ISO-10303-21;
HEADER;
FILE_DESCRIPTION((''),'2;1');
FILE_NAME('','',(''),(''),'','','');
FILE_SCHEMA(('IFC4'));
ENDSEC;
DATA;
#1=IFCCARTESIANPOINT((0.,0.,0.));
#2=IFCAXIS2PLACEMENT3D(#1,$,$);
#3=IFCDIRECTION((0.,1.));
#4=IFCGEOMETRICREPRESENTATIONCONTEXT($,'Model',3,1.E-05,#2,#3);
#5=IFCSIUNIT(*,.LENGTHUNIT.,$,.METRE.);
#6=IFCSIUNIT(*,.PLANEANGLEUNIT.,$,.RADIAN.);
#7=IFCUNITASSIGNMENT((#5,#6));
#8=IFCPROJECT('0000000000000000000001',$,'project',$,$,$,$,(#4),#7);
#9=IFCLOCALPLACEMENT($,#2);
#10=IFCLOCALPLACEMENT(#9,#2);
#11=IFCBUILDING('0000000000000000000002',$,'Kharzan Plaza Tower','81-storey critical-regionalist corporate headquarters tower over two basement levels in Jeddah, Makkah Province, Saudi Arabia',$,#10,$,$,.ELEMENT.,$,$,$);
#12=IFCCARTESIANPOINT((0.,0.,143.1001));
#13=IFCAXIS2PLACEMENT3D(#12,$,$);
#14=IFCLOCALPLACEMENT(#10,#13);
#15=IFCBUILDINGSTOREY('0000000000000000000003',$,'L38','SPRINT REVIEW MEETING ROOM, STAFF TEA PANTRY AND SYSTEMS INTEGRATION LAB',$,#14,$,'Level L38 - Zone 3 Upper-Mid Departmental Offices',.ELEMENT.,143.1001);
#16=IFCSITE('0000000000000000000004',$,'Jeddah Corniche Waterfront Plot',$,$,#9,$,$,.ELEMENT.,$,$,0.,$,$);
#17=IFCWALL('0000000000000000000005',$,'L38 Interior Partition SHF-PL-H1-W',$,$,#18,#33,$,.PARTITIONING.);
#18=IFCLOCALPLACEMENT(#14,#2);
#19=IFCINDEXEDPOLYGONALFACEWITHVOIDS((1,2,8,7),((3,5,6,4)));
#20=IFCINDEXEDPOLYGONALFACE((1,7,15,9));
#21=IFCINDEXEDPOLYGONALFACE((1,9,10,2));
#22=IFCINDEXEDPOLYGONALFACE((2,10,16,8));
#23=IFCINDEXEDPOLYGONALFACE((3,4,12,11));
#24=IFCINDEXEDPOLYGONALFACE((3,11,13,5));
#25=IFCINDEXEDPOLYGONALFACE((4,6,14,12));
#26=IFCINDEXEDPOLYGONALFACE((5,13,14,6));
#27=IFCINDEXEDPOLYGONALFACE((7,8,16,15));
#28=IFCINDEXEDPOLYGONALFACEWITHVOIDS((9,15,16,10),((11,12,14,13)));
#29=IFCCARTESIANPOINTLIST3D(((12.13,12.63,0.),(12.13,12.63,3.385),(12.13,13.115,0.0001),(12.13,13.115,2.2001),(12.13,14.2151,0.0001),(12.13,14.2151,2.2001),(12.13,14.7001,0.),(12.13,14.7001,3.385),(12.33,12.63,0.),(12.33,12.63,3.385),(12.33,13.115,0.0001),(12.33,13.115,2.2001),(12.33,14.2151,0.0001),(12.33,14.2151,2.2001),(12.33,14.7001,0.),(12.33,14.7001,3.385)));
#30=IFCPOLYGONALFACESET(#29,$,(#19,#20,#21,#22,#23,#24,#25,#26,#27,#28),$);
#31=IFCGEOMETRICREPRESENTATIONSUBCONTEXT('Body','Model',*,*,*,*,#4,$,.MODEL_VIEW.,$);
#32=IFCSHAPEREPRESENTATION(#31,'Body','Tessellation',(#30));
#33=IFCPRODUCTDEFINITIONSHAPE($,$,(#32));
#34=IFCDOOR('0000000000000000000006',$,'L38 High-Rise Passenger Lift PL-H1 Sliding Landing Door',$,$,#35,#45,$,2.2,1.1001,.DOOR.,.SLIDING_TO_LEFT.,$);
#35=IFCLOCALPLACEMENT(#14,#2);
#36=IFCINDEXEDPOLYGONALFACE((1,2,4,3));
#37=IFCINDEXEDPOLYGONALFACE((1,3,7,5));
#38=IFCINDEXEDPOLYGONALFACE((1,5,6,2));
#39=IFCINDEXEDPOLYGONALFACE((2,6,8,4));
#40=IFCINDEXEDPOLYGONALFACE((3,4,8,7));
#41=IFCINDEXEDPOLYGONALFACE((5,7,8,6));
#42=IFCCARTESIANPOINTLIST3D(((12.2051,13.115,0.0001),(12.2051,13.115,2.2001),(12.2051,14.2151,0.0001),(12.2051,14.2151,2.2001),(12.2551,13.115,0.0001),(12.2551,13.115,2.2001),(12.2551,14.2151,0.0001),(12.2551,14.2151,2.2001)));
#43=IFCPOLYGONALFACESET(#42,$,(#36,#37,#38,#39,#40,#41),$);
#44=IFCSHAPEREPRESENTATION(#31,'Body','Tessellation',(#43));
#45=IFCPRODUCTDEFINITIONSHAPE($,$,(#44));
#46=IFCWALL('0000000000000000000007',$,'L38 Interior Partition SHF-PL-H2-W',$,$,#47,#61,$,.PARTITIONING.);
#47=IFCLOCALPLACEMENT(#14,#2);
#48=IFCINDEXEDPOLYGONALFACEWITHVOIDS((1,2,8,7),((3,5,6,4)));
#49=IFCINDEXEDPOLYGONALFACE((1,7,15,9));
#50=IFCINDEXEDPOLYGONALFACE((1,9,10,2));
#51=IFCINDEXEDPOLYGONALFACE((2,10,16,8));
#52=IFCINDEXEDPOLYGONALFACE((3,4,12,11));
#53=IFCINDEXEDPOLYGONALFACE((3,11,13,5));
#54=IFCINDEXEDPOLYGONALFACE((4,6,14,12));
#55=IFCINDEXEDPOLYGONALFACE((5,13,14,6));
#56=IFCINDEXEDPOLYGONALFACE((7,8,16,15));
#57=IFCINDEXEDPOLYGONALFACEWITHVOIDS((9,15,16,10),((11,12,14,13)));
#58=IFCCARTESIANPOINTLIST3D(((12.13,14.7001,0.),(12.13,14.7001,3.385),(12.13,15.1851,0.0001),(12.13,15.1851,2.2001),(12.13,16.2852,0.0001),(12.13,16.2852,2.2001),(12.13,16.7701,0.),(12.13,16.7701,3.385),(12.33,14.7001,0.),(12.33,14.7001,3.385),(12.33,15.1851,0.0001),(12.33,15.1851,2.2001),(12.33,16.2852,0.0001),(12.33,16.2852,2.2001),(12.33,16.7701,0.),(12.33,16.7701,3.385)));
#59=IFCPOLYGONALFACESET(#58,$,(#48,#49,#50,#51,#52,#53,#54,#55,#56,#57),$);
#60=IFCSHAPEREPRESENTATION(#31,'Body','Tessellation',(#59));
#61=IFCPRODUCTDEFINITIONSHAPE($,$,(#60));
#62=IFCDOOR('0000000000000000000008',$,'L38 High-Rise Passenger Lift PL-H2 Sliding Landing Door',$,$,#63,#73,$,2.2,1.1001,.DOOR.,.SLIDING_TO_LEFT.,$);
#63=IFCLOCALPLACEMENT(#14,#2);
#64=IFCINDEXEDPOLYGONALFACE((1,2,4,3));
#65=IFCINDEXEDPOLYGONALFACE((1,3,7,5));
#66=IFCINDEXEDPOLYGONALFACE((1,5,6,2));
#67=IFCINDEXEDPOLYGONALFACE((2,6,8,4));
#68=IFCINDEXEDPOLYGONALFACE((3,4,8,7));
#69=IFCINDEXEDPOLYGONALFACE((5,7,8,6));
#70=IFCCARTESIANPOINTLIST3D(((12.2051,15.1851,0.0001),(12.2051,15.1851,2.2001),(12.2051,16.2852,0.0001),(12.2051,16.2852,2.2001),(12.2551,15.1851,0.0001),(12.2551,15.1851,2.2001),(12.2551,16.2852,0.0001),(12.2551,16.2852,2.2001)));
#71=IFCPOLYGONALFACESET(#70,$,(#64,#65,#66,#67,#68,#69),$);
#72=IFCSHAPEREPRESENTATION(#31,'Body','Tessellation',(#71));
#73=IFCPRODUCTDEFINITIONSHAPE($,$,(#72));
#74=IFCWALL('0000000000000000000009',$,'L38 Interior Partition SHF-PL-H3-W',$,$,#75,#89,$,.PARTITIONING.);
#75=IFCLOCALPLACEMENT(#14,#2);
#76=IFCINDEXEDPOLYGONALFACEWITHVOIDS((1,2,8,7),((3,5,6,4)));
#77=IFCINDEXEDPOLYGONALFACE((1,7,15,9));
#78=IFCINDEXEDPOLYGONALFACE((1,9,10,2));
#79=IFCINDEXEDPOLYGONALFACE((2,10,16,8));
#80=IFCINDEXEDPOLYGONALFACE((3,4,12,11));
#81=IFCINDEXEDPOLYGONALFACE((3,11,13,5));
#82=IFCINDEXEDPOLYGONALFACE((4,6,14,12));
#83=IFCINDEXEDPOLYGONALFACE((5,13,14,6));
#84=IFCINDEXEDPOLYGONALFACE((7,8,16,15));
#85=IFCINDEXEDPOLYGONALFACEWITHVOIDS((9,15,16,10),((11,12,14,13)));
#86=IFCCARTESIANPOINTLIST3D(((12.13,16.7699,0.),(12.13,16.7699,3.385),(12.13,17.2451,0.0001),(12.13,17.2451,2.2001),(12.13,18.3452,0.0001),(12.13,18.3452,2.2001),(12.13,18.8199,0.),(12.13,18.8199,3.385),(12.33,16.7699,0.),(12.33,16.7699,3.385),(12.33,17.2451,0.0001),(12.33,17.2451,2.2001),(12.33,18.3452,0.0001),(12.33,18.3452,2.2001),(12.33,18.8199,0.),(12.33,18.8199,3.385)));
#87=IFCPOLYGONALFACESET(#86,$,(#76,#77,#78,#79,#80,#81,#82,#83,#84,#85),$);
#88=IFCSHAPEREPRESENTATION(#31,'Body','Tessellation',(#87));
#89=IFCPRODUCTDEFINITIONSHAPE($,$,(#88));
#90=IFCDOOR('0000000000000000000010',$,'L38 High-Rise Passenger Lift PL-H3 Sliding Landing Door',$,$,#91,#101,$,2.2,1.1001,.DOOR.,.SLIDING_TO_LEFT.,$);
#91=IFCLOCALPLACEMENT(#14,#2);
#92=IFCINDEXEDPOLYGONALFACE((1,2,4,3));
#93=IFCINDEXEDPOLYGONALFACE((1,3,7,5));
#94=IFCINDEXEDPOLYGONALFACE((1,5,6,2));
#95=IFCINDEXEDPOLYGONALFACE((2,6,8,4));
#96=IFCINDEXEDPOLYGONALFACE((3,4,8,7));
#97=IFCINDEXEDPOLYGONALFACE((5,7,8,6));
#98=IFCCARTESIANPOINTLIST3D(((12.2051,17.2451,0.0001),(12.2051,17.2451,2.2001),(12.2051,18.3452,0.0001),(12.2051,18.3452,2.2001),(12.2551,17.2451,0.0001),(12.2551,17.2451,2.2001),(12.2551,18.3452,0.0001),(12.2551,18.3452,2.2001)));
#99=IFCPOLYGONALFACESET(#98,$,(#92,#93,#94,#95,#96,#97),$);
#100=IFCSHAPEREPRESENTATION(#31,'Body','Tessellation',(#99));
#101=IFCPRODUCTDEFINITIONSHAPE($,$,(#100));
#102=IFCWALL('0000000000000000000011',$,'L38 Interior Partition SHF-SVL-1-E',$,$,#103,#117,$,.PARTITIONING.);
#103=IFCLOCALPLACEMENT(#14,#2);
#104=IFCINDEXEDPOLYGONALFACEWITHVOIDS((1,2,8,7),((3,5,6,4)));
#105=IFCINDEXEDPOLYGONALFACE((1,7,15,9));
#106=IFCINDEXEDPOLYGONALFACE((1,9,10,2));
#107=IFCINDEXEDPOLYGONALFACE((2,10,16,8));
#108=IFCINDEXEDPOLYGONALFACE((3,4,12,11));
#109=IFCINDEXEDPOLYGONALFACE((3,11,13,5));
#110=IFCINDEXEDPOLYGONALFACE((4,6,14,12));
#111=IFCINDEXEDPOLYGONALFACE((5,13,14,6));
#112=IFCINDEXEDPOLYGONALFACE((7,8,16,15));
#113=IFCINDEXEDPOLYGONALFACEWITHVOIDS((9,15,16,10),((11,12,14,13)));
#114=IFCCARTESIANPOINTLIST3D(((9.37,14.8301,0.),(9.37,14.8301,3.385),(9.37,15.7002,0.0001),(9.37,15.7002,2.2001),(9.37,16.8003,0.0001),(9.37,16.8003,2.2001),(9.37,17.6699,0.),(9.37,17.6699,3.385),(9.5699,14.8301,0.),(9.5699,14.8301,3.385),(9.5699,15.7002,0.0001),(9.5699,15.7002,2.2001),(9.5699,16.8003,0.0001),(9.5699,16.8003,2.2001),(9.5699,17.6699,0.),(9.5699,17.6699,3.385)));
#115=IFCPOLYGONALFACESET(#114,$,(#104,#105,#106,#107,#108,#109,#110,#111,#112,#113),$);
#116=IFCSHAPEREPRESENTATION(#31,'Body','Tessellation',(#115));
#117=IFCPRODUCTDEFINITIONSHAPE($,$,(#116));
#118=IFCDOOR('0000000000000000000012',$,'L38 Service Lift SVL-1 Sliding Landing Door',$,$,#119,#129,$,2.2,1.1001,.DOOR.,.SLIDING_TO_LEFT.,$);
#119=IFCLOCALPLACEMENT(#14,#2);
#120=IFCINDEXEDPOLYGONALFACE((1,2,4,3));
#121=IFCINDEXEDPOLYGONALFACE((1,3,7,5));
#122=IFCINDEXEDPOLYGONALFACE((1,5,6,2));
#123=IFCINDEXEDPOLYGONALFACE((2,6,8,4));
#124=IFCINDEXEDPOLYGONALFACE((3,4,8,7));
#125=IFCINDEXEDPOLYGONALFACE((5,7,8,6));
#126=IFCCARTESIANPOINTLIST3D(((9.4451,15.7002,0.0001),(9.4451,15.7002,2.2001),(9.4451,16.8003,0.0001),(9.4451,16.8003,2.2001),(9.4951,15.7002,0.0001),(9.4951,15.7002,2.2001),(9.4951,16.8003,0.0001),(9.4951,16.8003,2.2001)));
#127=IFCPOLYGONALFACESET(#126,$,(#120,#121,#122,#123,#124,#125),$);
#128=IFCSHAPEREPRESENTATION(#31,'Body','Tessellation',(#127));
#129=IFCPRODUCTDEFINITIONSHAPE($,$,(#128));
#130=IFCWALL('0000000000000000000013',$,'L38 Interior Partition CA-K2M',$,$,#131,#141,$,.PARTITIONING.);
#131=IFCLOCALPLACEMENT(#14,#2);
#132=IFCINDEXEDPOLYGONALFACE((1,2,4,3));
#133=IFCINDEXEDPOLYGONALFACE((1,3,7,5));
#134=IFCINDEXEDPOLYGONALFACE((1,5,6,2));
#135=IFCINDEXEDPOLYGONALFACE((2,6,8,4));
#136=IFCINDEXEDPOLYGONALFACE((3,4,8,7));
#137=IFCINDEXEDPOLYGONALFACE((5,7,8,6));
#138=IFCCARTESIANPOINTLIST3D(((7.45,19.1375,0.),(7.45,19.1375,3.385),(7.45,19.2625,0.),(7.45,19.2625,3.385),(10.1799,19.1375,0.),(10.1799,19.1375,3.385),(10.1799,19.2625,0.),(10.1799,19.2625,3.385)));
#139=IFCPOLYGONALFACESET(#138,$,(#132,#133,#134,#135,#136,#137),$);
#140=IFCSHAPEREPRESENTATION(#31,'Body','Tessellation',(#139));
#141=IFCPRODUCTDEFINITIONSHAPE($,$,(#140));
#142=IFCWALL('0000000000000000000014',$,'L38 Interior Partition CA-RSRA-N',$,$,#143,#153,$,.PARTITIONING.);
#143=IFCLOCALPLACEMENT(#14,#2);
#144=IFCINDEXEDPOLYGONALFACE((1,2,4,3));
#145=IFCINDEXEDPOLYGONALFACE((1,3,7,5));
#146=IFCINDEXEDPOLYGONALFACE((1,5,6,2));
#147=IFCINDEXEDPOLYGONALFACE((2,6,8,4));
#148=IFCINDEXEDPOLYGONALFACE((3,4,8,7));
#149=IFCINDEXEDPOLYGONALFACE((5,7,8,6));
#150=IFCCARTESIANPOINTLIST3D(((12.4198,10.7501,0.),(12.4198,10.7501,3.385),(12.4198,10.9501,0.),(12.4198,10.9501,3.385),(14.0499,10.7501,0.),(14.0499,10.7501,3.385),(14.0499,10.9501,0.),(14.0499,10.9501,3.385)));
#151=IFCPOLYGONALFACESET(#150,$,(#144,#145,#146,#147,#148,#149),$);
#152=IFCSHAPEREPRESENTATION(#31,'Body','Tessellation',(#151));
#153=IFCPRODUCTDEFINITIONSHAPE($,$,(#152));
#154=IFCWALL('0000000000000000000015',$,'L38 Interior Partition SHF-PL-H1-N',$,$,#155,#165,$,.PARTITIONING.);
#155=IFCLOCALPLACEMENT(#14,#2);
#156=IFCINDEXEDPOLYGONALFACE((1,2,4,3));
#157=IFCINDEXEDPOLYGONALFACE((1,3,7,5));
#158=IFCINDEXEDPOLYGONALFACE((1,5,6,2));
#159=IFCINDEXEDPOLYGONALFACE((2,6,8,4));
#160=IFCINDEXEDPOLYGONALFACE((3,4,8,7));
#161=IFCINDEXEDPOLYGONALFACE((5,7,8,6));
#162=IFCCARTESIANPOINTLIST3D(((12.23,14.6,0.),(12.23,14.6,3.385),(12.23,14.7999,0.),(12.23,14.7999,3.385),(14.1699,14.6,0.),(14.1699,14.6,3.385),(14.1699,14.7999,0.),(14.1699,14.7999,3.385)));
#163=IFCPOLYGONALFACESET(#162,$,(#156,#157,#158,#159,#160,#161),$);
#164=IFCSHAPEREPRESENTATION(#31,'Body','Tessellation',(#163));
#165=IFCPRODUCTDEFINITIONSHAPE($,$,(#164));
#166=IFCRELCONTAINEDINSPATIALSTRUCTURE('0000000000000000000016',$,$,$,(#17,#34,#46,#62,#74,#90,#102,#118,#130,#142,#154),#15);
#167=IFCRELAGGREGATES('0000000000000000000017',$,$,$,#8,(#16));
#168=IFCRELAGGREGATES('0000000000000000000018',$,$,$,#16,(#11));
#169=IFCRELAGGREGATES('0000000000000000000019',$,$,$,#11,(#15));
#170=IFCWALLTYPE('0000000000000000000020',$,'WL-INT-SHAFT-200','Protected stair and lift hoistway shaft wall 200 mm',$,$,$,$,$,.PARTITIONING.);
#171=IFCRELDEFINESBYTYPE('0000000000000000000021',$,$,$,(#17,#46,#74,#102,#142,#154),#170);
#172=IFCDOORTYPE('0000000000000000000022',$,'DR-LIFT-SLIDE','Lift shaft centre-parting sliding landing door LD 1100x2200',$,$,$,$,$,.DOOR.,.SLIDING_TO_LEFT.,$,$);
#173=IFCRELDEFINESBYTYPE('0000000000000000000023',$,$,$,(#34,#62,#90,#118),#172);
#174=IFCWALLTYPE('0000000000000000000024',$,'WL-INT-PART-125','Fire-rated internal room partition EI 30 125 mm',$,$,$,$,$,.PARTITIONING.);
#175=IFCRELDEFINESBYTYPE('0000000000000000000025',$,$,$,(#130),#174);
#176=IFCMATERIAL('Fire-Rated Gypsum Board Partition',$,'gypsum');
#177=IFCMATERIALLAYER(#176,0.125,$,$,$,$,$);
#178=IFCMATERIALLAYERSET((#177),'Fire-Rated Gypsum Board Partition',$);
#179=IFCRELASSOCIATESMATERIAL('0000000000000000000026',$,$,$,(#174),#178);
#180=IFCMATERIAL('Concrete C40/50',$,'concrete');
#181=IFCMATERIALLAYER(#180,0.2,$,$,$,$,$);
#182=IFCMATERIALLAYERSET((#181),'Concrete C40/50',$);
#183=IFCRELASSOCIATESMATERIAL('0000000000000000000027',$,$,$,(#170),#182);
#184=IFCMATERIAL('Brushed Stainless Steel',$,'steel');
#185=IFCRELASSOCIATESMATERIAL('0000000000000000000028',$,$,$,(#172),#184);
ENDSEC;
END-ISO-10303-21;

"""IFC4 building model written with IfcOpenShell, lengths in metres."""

from ifc_helpers import new_model, si_unit, direction, frame, frame_2d, origin, place, context, subcontext, project, spatial, rectangle, extrude, source, transform, mapped, material, layer, layer_set, type_object, element, fill, save


model = new_model("IFC4")

# Units and contexts
model_context = context("Model", 3, precision=1e-05, world=origin(), true_north=direction((0.0, 1.0)))
body_context = subcontext(model_context, "Body", "Model", "MODEL_VIEW")
ifc_project = project(units=[si_unit("LENGTHUNIT", "METRE"), si_unit("PLANEANGLEUNIT", "RADIAN")], contexts=[model_context])

# Site, building, storey
site_placement = place(None, origin())
site = spatial("IfcSite", under=ifc_project, at=site_placement, Name="Jeddah Corniche Waterfront Plot", CompositionType="ELEMENT", RefElevation=0.0)
building_placement = place(site_placement, origin())
building = spatial("IfcBuilding", under=site, at=building_placement, Name="Kharzan Plaza Tower", Description="81-storey critical-regionalist corporate headquarters tower over two basement levels in Jeddah, Makkah Province, Saudi Arabia", CompositionType="ELEMENT")
storey_placement = place(building_placement, frame((0.0, 0.0, 143.1001)))
storey = spatial("IfcBuildingStorey", under=building, at=storey_placement, Name="L38", Description="SPRINT REVIEW MEETING ROOM, STAFF TEA PANTRY AND SYSTEMS INTEGRATION LAB", LongName="Level L38 - Zone 3 Upper-Mid Departmental Offices", CompositionType="ELEMENT", Elevation=143.1001)

# Walls, openings, doors
ifc_material_1 = material(Name="Fire-Rated Gypsum Board Partition", Category="gypsum")
ifc_layer_1 = layer(ifc_material_1, 0.125)
ifc_layer_set_1 = layer_set([ifc_layer_1], Name="Fire-Rated Gypsum Board Partition")
wall_type_1 = type_object("IfcWallType", Name="WL-INT-PART-125", Description="Fire-rated internal room partition EI 30 125 mm", PredefinedType="PARTITIONING", material=ifc_layer_set_1)
ifc_material_2 = material(Name="Concrete C40/50", Category="concrete")
ifc_layer_2 = layer(ifc_material_2, 0.2)
ifc_layer_set_2 = layer_set([ifc_layer_2], Name="Concrete C40/50")
wall_type_2 = type_object("IfcWallType", Name="WL-INT-SHAFT-200", Description="Protected stair and lift hoistway shaft wall 200 mm", PredefinedType="PARTITIONING", material=ifc_layer_set_2)
wall_1_placement = place(storey_placement, frame((12.23, 12.6299, 0.0), z_axis=(0.0, 0.0, 1.0), x_axis=(0.0, 1.0, 0.0)))
wall_1 = element("IfcWall", 1, at=wall_1_placement, inside=storey, type_object=wall_type_2, Name="L38 Interior Partition SHF-PL-H1-W", PredefinedType="PARTITIONING", context=body_context, shape_type="SweptSolid", body=[
    extrude(rectangle(XDim=2.0701, YDim=0.2, at=frame_2d((1.0352, 0.0))), origin(), (0.0, 0.0, 1.0), 3.385),
])
opening_1_placement = place(wall_1_placement, frame((0.4851, 0.0, 0.0)))
opening_1 = element("IfcOpeningElement", 2, at=opening_1_placement, cuts=wall_1, PredefinedType="OPENING", context=body_context, shape_type="SweptSolid", body=[
    extrude(rectangle(XDim=1.1001, YDim=2.2, at=frame_2d((0.55, 1.1001))), frame((0.0, 0.1099, 0.0), z_axis=(0.0, -1.0, 0.0), x_axis=(1.0, 0.0, 0.0)), (0.0, 0.0, 1.0), 0.22),
])
ifc_material_3 = material(Name="Brushed Stainless Steel", Category="steel")
door_type_1 = type_object("IfcDoorType", Name="DR-LIFT-SLIDE", Description="Lift shaft centre-parting sliding landing door LD 1100x2200", OperationType="SLIDING_TO_LEFT", PredefinedType="DOOR", material=ifc_material_3)
shared_shape_1 = source(origin(), body_context, "Body", "SweptSolid", [
    extrude(rectangle(XDim=1.1001, YDim=2.2, at=frame_2d((0.55, 1.1001))), frame((0.0, 0.0249, 0.0), z_axis=(0.0, -1.0, 0.0), x_axis=(1.0, 0.0, 0.0)), (0.0, 0.0, 1.0), 0.05),
])
door_1_placement = place(opening_1_placement, origin())
door_1 = element("IfcDoor", 3, at=door_1_placement, inside=storey, type_object=door_type_1, Name="L38 High-Rise Passenger Lift PL-H1 Sliding Landing Door", OperationType="SLIDING_TO_LEFT", OverallHeight=2.2, OverallWidth=1.1001, PredefinedType="DOOR", context=body_context, shape_type="MappedRepresentation", body=[
    mapped(shared_shape_1, transform((0.0, 0.0, 0.0), x_axis=(1.0, 0.0, 0.0), y_axis=(0.0, 1.0, 0.0), z_axis=(0.0, 0.0, 1.0))),
])
fill(opening_1, door_1)
wall_2_placement = place(storey_placement, frame((12.23, 14.7, 0.0), z_axis=(0.0, 0.0, 1.0), x_axis=(0.0, 1.0, 0.0)))
wall_2 = element("IfcWall", 4, at=wall_2_placement, inside=storey, type_object=wall_type_2, Name="L38 Interior Partition SHF-PL-H2-W", PredefinedType="PARTITIONING", context=body_context, shape_type="SweptSolid", body=[
    extrude(rectangle(XDim=2.0701, YDim=0.2, at=frame_2d((1.0352, 0.0))), origin(), (0.0, 0.0, 1.0), 3.385),
])
opening_2_placement = place(wall_2_placement, frame((0.4851, 0.0, 0.0)))
opening_2 = element("IfcOpeningElement", 5, at=opening_2_placement, cuts=wall_2, PredefinedType="OPENING", context=body_context, shape_type="SweptSolid", body=[
    extrude(rectangle(XDim=1.1001, YDim=2.2, at=frame_2d((0.55, 1.1001))), frame((0.0, 0.1099, 0.0), z_axis=(0.0, -1.0, 0.0), x_axis=(1.0, 0.0, 0.0)), (0.0, 0.0, 1.0), 0.22),
])
door_2_placement = place(opening_2_placement, origin())
door_2 = element("IfcDoor", 6, at=door_2_placement, inside=storey, type_object=door_type_1, Name="L38 High-Rise Passenger Lift PL-H2 Sliding Landing Door", OperationType="SLIDING_TO_LEFT", OverallHeight=2.2, OverallWidth=1.1001, PredefinedType="DOOR", context=body_context, shape_type="MappedRepresentation", body=[
    mapped(shared_shape_1, transform((0.0, 0.0, 0.0), x_axis=(1.0, 0.0, 0.0), y_axis=(0.0, 1.0, 0.0), z_axis=(0.0, 0.0, 1.0))),
])
fill(opening_2, door_2)
wall_3_placement = place(storey_placement, frame((12.23, 16.77, 0.0), z_axis=(0.0, 0.0, 1.0), x_axis=(0.0, 1.0, 0.0)))
wall_3 = element("IfcWall", 7, at=wall_3_placement, inside=storey, type_object=wall_type_2, Name="L38 Interior Partition SHF-PL-H3-W", PredefinedType="PARTITIONING", context=body_context, shape_type="SweptSolid", body=[
    extrude(rectangle(XDim=2.05, YDim=0.2, at=frame_2d((1.0249, 0.0))), origin(), (0.0, 0.0, 1.0), 3.385),
])
opening_3_placement = place(wall_3_placement, frame((0.4751, 0.0, 0.0)))
opening_3 = element("IfcOpeningElement", 8, at=opening_3_placement, cuts=wall_3, PredefinedType="OPENING", context=body_context, shape_type="SweptSolid", body=[
    extrude(rectangle(XDim=1.1001, YDim=2.2, at=frame_2d((0.55, 1.1001))), frame((0.0, 0.1099, 0.0), z_axis=(0.0, -1.0, 0.0), x_axis=(1.0, 0.0, 0.0)), (0.0, 0.0, 1.0), 0.22),
])
door_3_placement = place(opening_3_placement, origin())
door_3 = element("IfcDoor", 9, at=door_3_placement, inside=storey, type_object=door_type_1, Name="L38 High-Rise Passenger Lift PL-H3 Sliding Landing Door", OperationType="SLIDING_TO_LEFT", OverallHeight=2.2, OverallWidth=1.1001, PredefinedType="DOOR", context=body_context, shape_type="MappedRepresentation", body=[
    mapped(shared_shape_1, transform((0.0, 0.0, 0.0), x_axis=(1.0, 0.0, 0.0), y_axis=(0.0, 1.0, 0.0), z_axis=(0.0, 0.0, 1.0))),
])
fill(opening_3, door_3)
wall_4_placement = place(storey_placement, frame((9.47, 14.8301, 0.0), z_axis=(0.0, 0.0, 1.0), x_axis=(0.0, 1.0, 0.0)))
wall_4 = element("IfcWall", 10, at=wall_4_placement, inside=storey, type_object=wall_type_2, Name="L38 Interior Partition SHF-SVL-1-E", PredefinedType="PARTITIONING", context=body_context, shape_type="SweptSolid", body=[
    extrude(rectangle(XDim=2.8398, YDim=0.2, at=frame_2d((1.4199, 0.0))), origin(), (0.0, 0.0, 1.0), 3.385),
])
opening_4_placement = place(wall_4_placement, frame((0.8701, 0.0, 0.0)))
opening_4 = element("IfcOpeningElement", 11, at=opening_4_placement, cuts=wall_4, PredefinedType="OPENING", context=body_context, shape_type="SweptSolid", body=[
    extrude(rectangle(XDim=1.1001, YDim=2.2, at=frame_2d((0.55, 1.1001))), frame((0.0, 0.1099, 0.0), z_axis=(0.0, -1.0, 0.0), x_axis=(1.0, 0.0, 0.0)), (0.0, 0.0, 1.0), 0.22),
])
door_4_placement = place(opening_4_placement, origin())
door_4 = element("IfcDoor", 12, at=door_4_placement, inside=storey, type_object=door_type_1, Name="L38 Service Lift SVL-1 Sliding Landing Door", OperationType="SLIDING_TO_LEFT", OverallHeight=2.2, OverallWidth=1.1001, PredefinedType="DOOR", context=body_context, shape_type="MappedRepresentation", body=[
    mapped(shared_shape_1, transform((0.0, 0.0, 0.0), x_axis=(1.0, 0.0, 0.0), y_axis=(0.0, 1.0, 0.0), z_axis=(0.0, 0.0, 1.0))),
])
fill(opening_4, door_4)

# Walls
shared_shape_2 = source(origin(), body_context, "Body", "SweptSolid", [
    extrude(rectangle(XDim=2.73, YDim=0.125, at=frame_2d((1.365, 0.0))), origin(), (0.0, 0.0, 1.0), 3.385),
])
wall_5_placement = place(storey_placement, frame((7.45, 19.2, 0.0), z_axis=(0.0, 0.0, 1.0), x_axis=(1.0, 0.0, 0.0)))
element("IfcWall", 13, at=wall_5_placement, inside=storey, type_object=wall_type_1, Name="L38 Interior Partition CA-K2M", PredefinedType="PARTITIONING", context=body_context, shape_type="MappedRepresentation", body=[
    mapped(shared_shape_2, transform((0.0, 0.0, 0.0), x_axis=(1.0, 0.0, 0.0), y_axis=(0.0, 1.0, 0.0), z_axis=(0.0, 0.0, 1.0))),
])
shared_shape_3 = source(origin(), body_context, "Body", "SweptSolid", [
    extrude(rectangle(XDim=1.6301, YDim=0.2, at=frame_2d((0.8149, 0.0))), origin(), (0.0, 0.0, 1.0), 3.385),
])
wall_6_placement = place(storey_placement, frame((12.4199, 10.8501, 0.0), z_axis=(0.0, 0.0, 1.0), x_axis=(1.0, 0.0, 0.0)))
element("IfcWall", 14, at=wall_6_placement, inside=storey, type_object=wall_type_2, Name="L38 Interior Partition CA-RSRA-N", PredefinedType="PARTITIONING", context=body_context, shape_type="MappedRepresentation", body=[
    mapped(shared_shape_3, transform((0.0, 0.0, 0.0), x_axis=(1.0, 0.0, 0.0), y_axis=(0.0, 1.0, 0.0), z_axis=(0.0, 0.0, 1.0))),
])
shared_shape_4 = source(origin(), body_context, "Body", "SweptSolid", [
    extrude(rectangle(XDim=1.9399, YDim=0.2, at=frame_2d((0.97, 0.0))), origin(), (0.0, 0.0, 1.0), 3.385),
])
for number, where, z_axis, x_axis, name in (
    (15, (12.23, 14.7, 0.0), (0.0, 0.0, 1.0), (1.0, 0.0, 0.0), "L38 Interior Partition SHF-PL-H1-N"),
):
    element("IfcWall", number, at=place(storey_placement, frame(where, z_axis=z_axis, x_axis=x_axis)), inside=storey, type_object=wall_type_2, Name=name, PredefinedType="PARTITIONING", context=body_context, shape_type="MappedRepresentation", body=[
        mapped(shared_shape_4, transform((0.0, 0.0, 0.0), x_axis=(1.0, 0.0, 0.0), y_axis=(0.0, 1.0, 0.0), z_axis=(0.0, 0.0, 1.0))),
    ])

save(model, "model.ifc")
